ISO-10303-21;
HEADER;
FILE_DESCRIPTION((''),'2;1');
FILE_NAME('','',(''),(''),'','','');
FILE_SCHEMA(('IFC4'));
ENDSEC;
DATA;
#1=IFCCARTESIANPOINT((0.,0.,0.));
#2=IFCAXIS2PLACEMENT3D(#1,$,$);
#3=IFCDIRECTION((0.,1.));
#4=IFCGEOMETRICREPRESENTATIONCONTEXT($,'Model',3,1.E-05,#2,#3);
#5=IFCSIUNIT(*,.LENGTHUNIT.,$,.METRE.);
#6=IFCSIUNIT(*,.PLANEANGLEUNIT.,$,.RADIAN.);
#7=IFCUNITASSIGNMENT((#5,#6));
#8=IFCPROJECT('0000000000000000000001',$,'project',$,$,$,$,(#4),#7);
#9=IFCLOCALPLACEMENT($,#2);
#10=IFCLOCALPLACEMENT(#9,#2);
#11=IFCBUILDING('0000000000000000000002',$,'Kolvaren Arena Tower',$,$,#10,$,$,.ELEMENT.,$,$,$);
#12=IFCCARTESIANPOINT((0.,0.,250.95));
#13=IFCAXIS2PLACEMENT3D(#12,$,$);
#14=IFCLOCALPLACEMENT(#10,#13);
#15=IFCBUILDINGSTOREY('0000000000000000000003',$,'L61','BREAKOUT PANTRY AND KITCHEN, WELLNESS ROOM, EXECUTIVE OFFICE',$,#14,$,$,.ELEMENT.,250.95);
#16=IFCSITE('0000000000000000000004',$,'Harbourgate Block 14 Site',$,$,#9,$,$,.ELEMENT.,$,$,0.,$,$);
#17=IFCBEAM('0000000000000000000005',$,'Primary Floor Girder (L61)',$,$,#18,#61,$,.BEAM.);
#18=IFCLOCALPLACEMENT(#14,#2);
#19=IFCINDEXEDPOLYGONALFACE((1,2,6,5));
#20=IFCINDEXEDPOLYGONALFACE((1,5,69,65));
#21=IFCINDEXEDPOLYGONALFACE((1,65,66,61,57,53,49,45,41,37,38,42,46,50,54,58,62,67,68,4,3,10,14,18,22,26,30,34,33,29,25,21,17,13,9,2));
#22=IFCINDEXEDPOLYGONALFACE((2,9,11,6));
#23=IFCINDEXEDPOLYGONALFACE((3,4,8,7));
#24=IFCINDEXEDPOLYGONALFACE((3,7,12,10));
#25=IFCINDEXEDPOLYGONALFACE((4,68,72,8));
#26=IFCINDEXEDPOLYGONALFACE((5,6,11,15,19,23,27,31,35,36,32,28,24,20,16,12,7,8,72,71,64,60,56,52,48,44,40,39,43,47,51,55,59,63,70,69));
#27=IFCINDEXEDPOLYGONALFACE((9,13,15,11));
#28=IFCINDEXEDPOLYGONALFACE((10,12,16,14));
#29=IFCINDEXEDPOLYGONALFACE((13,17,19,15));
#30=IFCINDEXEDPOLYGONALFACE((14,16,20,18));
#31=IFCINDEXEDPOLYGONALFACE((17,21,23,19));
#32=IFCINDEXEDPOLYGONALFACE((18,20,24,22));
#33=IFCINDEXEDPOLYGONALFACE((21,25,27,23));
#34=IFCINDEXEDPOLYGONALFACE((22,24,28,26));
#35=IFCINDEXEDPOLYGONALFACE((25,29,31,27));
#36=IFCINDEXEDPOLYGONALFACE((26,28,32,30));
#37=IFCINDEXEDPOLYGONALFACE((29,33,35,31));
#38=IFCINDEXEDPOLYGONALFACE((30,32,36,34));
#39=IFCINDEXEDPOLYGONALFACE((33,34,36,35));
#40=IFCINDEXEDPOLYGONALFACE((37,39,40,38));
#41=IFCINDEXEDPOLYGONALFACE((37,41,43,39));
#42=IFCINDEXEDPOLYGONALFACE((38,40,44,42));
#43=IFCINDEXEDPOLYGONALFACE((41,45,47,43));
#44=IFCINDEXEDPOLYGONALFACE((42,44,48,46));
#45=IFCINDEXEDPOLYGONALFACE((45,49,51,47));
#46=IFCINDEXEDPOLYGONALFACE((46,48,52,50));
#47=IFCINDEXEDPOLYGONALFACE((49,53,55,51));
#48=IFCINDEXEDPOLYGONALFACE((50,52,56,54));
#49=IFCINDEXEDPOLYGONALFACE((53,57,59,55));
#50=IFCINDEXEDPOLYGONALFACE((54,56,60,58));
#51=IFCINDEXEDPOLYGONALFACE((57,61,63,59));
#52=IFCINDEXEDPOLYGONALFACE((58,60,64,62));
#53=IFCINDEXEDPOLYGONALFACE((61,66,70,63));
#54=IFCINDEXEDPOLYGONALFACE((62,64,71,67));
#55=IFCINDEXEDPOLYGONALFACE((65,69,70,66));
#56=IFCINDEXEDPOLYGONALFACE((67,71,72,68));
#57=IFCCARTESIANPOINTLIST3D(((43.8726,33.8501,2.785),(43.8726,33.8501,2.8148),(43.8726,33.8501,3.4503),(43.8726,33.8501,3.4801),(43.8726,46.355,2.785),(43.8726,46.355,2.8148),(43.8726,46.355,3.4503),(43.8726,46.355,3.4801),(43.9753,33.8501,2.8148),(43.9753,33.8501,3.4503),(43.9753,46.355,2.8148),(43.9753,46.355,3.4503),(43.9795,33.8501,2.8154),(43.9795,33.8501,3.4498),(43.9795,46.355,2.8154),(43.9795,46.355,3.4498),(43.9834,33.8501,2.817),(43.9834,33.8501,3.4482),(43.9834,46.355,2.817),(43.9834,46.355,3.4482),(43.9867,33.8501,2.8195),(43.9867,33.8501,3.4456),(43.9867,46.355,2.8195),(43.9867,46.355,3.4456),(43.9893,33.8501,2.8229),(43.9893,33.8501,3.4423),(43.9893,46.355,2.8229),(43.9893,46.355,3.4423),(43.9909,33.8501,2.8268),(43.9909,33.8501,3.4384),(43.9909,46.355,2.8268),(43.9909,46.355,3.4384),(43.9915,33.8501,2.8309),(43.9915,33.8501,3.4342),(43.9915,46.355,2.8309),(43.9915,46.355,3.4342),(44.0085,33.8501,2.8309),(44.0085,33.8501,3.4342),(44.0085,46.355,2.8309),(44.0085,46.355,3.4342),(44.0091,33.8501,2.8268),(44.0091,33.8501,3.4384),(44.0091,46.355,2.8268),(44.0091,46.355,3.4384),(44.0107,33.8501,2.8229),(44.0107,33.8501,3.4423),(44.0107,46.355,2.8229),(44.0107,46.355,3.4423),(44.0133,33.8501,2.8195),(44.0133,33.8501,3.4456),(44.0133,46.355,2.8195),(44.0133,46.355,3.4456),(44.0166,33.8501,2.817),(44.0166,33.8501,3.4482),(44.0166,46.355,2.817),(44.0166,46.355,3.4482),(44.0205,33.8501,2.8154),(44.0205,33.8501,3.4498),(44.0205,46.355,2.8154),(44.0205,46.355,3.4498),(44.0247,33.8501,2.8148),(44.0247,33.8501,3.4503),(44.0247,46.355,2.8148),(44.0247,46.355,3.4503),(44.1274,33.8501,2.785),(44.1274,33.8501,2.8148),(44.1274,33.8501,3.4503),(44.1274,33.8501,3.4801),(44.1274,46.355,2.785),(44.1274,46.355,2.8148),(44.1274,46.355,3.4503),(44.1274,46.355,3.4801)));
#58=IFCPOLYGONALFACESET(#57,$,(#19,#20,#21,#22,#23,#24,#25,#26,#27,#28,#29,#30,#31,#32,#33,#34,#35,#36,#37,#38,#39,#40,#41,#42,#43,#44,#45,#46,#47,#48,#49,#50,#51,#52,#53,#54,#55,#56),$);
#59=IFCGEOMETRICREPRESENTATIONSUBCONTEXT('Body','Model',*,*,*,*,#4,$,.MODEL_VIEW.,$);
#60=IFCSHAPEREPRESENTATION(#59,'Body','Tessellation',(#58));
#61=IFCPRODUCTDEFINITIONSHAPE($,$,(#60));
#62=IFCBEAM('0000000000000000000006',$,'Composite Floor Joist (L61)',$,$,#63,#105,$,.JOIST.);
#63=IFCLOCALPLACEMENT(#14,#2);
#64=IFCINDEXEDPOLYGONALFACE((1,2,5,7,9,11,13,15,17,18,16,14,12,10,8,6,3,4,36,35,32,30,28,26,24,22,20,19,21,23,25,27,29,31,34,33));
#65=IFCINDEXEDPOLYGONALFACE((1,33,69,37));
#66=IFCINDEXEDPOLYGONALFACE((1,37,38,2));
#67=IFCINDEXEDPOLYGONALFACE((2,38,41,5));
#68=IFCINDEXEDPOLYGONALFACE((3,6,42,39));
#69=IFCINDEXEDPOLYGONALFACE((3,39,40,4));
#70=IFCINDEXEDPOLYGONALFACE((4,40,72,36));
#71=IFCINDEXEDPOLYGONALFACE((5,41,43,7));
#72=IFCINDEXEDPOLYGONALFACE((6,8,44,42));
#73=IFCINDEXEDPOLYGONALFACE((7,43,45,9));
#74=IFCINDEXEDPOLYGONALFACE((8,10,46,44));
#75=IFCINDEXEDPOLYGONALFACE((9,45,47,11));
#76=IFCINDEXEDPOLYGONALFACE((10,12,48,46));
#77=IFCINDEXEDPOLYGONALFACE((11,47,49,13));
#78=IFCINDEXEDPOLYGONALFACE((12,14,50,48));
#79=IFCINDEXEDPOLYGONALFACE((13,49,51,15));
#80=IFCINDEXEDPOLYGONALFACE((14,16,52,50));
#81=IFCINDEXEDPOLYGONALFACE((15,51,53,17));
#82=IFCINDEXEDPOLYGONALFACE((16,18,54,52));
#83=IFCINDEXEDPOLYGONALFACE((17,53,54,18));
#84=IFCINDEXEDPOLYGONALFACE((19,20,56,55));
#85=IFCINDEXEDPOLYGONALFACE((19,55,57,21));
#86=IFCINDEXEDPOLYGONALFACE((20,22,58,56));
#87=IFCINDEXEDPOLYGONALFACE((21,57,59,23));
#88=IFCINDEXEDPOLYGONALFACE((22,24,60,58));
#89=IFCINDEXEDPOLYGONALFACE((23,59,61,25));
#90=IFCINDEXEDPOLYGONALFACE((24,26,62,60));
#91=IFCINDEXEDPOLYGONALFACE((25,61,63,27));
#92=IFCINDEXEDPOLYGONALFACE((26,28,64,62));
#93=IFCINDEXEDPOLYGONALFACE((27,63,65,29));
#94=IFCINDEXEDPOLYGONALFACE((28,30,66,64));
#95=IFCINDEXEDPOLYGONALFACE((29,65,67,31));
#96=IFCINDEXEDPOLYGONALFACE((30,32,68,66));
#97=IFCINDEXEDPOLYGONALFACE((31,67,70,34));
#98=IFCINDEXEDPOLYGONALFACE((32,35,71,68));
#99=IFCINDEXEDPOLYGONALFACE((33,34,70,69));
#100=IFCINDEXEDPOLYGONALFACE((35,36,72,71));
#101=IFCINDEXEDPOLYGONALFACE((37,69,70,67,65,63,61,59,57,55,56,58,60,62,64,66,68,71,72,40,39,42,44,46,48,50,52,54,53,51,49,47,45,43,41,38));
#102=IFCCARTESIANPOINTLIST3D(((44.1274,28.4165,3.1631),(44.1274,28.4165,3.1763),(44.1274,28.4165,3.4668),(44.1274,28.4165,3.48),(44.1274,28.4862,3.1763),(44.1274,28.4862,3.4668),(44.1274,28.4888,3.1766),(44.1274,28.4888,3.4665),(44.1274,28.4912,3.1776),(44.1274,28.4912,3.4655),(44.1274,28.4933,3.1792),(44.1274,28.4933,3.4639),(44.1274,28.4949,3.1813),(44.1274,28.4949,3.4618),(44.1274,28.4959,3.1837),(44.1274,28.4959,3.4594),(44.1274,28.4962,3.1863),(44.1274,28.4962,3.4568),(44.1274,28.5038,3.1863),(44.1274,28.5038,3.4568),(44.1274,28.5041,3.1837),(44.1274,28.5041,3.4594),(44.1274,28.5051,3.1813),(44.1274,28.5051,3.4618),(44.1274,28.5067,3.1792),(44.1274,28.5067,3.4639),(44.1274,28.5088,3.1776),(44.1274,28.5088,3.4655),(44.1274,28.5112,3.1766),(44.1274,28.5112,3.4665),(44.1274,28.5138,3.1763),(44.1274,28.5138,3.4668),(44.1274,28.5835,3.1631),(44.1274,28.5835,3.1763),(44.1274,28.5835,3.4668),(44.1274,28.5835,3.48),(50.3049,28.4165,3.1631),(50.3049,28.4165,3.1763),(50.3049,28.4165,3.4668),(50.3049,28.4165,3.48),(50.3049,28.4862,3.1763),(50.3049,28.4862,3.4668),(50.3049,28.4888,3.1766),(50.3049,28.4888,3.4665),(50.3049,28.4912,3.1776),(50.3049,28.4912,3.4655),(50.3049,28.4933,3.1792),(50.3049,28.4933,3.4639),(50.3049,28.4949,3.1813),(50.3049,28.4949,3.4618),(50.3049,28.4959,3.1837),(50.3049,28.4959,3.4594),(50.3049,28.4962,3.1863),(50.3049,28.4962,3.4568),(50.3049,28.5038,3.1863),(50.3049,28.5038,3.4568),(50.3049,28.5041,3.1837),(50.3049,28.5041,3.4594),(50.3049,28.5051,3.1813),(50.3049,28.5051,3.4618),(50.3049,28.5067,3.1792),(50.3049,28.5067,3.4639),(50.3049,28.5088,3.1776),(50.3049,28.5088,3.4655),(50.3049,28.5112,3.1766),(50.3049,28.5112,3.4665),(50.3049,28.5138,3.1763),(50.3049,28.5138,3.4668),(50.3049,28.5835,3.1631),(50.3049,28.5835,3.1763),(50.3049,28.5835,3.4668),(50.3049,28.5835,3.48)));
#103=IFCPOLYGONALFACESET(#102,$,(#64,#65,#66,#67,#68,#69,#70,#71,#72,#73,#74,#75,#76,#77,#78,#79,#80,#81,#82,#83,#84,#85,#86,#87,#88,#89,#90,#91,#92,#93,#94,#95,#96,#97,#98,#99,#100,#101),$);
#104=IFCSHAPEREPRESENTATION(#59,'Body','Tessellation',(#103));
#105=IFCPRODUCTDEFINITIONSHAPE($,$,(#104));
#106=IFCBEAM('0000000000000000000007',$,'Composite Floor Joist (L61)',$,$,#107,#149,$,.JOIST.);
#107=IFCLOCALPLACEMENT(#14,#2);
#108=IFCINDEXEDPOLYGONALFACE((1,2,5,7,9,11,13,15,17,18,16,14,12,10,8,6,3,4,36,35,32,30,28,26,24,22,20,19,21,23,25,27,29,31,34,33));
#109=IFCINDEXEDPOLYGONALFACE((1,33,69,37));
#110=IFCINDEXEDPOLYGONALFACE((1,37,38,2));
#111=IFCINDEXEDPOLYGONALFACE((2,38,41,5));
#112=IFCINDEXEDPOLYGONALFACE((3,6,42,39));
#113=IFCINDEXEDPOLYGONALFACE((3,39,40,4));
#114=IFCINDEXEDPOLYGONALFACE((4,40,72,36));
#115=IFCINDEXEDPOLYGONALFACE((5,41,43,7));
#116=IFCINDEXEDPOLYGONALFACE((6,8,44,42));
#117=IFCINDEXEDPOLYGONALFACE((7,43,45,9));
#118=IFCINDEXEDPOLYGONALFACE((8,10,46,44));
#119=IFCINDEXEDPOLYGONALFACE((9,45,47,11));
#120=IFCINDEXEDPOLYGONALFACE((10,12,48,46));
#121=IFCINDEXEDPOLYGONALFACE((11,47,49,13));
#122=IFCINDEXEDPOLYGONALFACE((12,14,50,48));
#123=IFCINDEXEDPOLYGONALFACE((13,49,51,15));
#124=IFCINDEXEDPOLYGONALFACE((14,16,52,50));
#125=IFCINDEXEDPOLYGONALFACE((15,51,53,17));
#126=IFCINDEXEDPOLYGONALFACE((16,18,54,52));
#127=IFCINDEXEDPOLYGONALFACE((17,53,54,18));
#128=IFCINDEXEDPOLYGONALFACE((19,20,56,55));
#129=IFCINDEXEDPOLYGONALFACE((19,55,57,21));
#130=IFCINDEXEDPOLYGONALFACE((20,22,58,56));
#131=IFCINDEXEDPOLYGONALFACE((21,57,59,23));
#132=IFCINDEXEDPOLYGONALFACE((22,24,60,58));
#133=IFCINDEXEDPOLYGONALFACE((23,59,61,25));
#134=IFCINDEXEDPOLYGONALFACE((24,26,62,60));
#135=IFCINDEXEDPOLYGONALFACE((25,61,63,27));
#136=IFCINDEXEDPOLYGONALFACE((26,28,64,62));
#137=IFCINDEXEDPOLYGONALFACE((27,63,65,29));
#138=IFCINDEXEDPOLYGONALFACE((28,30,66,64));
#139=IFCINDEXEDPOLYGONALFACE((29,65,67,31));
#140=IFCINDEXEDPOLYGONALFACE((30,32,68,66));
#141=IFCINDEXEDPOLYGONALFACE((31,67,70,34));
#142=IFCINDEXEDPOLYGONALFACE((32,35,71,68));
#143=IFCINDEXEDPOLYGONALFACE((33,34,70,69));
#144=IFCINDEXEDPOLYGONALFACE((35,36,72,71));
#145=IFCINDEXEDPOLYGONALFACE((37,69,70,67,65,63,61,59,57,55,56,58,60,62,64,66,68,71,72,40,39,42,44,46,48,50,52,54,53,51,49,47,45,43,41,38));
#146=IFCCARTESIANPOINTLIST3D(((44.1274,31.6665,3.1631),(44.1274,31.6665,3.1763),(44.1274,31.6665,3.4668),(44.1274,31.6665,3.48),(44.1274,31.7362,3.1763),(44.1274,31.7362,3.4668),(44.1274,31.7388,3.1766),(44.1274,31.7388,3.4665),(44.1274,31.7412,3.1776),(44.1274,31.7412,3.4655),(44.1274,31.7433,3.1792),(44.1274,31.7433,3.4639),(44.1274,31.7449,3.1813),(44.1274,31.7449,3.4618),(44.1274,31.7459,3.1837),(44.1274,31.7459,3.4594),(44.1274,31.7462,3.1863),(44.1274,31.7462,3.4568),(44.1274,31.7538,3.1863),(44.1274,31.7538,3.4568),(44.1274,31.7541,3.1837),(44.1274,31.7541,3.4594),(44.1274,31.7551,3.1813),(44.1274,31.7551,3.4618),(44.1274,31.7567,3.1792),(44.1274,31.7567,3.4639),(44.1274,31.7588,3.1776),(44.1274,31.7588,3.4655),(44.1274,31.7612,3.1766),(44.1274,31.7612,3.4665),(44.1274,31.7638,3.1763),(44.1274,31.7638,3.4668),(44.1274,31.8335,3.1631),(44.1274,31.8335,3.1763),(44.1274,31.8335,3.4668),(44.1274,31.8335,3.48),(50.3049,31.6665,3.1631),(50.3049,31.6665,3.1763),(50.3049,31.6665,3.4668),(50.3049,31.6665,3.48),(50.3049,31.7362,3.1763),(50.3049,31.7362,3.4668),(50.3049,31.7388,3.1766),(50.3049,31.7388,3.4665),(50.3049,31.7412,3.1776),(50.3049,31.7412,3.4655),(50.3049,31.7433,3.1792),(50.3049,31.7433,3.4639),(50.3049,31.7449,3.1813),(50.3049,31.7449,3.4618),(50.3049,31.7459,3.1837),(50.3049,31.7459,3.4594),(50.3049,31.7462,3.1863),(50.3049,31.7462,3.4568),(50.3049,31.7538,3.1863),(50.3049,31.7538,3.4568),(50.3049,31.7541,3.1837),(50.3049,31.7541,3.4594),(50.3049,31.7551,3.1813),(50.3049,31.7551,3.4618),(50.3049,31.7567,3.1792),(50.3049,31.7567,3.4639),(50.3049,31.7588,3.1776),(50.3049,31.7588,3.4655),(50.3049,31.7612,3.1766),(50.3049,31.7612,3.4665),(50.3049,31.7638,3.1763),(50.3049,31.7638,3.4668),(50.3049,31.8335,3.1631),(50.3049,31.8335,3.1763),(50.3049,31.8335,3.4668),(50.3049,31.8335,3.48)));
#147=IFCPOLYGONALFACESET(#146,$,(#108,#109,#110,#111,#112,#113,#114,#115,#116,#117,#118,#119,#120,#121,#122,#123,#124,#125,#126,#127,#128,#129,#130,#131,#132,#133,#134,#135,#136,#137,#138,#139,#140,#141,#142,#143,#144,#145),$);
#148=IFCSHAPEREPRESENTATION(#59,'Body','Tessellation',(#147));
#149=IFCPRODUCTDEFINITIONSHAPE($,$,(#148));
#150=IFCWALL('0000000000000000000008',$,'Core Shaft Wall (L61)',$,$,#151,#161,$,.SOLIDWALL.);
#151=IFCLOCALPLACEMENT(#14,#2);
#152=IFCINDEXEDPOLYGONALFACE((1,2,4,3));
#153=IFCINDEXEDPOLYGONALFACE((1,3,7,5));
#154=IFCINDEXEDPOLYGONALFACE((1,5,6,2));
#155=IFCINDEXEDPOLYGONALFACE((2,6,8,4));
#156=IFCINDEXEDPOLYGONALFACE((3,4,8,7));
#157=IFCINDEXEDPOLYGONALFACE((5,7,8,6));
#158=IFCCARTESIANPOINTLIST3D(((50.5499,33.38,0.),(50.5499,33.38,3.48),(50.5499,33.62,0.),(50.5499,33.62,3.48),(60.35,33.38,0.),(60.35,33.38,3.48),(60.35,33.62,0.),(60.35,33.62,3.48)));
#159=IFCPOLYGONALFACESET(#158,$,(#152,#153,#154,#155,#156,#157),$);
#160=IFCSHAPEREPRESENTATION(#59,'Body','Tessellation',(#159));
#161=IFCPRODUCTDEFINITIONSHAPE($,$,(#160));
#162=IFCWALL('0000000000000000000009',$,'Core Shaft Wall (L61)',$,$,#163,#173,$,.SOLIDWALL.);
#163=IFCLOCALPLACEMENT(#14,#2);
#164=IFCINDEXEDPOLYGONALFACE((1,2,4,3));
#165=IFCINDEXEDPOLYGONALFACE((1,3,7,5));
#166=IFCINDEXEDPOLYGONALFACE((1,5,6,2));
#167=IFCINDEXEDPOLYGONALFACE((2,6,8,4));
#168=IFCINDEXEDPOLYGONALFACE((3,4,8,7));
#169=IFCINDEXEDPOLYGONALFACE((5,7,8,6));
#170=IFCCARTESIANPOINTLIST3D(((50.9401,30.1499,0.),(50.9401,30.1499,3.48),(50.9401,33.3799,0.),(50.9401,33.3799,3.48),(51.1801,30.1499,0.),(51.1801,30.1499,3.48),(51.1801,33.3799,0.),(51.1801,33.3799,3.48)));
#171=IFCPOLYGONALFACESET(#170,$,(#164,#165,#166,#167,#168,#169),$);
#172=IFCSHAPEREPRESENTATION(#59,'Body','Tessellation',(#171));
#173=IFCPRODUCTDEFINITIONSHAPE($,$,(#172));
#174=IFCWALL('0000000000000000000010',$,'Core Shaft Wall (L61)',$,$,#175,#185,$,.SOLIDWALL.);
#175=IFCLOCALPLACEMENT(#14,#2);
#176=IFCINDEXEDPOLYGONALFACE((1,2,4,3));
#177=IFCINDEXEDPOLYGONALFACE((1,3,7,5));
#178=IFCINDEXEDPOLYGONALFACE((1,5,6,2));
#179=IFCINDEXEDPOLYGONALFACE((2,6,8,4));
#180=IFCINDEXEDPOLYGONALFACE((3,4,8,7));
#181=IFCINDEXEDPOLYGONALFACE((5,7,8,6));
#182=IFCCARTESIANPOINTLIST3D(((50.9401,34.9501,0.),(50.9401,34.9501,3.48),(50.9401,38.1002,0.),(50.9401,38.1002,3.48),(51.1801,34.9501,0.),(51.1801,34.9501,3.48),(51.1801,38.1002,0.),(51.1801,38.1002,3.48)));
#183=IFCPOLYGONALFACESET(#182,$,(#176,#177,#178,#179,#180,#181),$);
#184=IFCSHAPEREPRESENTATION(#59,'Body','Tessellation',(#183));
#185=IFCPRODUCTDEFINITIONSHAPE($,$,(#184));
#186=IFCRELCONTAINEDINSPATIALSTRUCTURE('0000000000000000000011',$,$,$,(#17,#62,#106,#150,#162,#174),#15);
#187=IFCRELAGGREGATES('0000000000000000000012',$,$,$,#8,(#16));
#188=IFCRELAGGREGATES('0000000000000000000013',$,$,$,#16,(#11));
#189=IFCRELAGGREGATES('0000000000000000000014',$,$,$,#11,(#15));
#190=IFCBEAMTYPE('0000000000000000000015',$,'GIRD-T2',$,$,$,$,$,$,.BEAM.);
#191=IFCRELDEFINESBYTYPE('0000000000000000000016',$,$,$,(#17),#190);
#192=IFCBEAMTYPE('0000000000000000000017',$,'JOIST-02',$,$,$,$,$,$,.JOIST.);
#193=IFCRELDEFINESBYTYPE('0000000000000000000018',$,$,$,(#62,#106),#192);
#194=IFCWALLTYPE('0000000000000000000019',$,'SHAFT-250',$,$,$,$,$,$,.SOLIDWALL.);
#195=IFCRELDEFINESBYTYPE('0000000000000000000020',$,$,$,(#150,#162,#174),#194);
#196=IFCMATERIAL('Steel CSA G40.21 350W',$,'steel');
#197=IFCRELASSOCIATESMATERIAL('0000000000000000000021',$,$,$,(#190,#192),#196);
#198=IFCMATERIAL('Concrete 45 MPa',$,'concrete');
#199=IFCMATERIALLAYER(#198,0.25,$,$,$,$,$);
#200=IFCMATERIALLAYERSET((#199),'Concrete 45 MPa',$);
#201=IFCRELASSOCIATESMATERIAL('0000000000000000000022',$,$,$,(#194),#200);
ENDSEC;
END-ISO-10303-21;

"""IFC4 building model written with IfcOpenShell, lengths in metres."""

from ifc_helpers import new_model, si_unit, direction, frame, frame_2d, origin, origin_2d, place, context, subcontext, project, spatial, rectangle, i_section, extrude, material, layer, layer_set, material_profile, profile_set, type_object, element, save


model = new_model("IFC4")

# Units and contexts
model_context = context("Model", 3, precision=1e-05, world=origin(), true_north=direction((0.0, 1.0)))
body_context = subcontext(model_context, "Body", "Model", "MODEL_VIEW")
ifc_project = project(units=[si_unit("LENGTHUNIT", "METRE"), si_unit("PLANEANGLEUNIT", "RADIAN")], contexts=[model_context])

# Site, building, storey
site_placement = place(None, origin())
site = spatial("IfcSite", under=ifc_project, at=site_placement, Name="Harbourgate Block 14 Site", CompositionType="ELEMENT", RefElevation=0.0)
building_placement = place(site_placement, origin())
building = spatial("IfcBuilding", under=site, at=building_placement, Name="Kolvaren Arena Tower", CompositionType="ELEMENT")
storey_placement = place(building_placement, frame((0.0, 0.0, 250.95)))
storey = spatial("IfcBuildingStorey", under=building, at=storey_placement, Name="L61", Description="BREAKOUT PANTRY AND KITCHEN, WELLNESS ROOM, EXECUTIVE OFFICE", CompositionType="ELEMENT", Elevation=250.95)

# Beams
ifc_material_1 = material(Name="Steel CSA G40.21 350W", Category="steel")
ifc_material_profile_1 = material_profile(ifc_material_1, i_section(OverallWidth=0.2549, OverallDepth=0.6951, WebThickness=0.0171, FlangeThickness=0.0298, FilletRadius=0.0161, at=origin_2d()), Name="W690x217")
ifc_profile_set_1 = profile_set([ifc_material_profile_1], Name="Steel CSA G40.21 350W")
beam_type_1 = type_object("IfcBeamType", Name="GIRD-T2", PredefinedType="BEAM", material=ifc_profile_set_1)
beam_1_placement = place(storey_placement, frame((44.0, 33.8501, 3.1326), z_axis=(0.0, 1.0, 0.0), x_axis=(-1.0, 0.0, 0.0)))
element("IfcBeam", 1, at=beam_1_placement, inside=storey, type_object=beam_type_1, Name="Primary Floor Girder (L61)", PredefinedType="BEAM", context=body_context, shape_type="SweptSolid", body=[
    extrude(i_section(OverallWidth=0.2549, OverallDepth=0.6951, WebThickness=0.0171, FlangeThickness=0.0298, FilletRadius=0.0161, at=origin_2d()), origin(), (0.0, 0.0, 1.0), 12.5049),
])
ifc_material_profile_2 = material_profile(ifc_material_1, i_section(OverallWidth=0.167, OverallDepth=0.3169, WebThickness=0.0076, FlangeThickness=0.0132, FilletRadius=0.01, at=origin_2d()), Name="W310x52")
ifc_profile_set_2 = profile_set([ifc_material_profile_2], Name="Steel CSA G40.21 350W")
beam_type_2 = type_object("IfcBeamType", Name="JOIST-02", PredefinedType="JOIST", material=ifc_profile_set_2)
for number, where, z_axis, x_axis, name in (
    (2, (44.1274, 28.5, 3.3215), (1.0, 0.0, 0.0), (0.0, 1.0, 0.0), "Composite Floor Joist (L61)"),
    (3, (44.1274, 31.75, 3.3215), (1.0, 0.0, 0.0), (0.0, 1.0, 0.0), "Composite Floor Joist (L61)"),
):
    element("IfcBeam", number, at=place(storey_placement, frame(where, z_axis=z_axis, x_axis=x_axis)), inside=storey, type_object=beam_type_2, Name=name, PredefinedType="JOIST", context=body_context, shape_type="SweptSolid", body=[
        extrude(i_section(OverallWidth=0.167, OverallDepth=0.3169, WebThickness=0.0076, FlangeThickness=0.0132, FilletRadius=0.01, at=origin_2d()), origin(), (0.0, 0.0, 1.0), 6.1775),
    ])

# Walls
ifc_material_2 = material(Name="Concrete 45 MPa", Category="concrete")
ifc_layer = layer(ifc_material_2, 0.25)
ifc_layer_set = layer_set([ifc_layer], Name="Concrete 45 MPa")
wall_type = type_object("IfcWallType", Name="SHAFT-250", PredefinedType="SOLIDWALL", material=ifc_layer_set)
wall_1_placement = place(storey_placement, frame((50.55, 33.5, 0.0), z_axis=(0.0, 0.0, 1.0), x_axis=(1.0, 0.0, 0.0)))
element("IfcWall", 4, at=wall_1_placement, inside=storey, type_object=wall_type, Name="Core Shaft Wall (L61)", PredefinedType="SOLIDWALL", context=body_context, shape_type="SweptSolid", body=[
    extrude(rectangle(XDim=9.8, YDim=0.24, at=frame_2d((4.8999, 0.0))), origin(), (0.0, 0.0, 1.0), 3.48),
])
wall_2_placement = place(storey_placement, frame((51.0601, 30.1499, 0.0), z_axis=(0.0, 0.0, 1.0), x_axis=(0.0, 1.0, 0.0)))
element("IfcWall", 5, at=wall_2_placement, inside=storey, type_object=wall_type, Name="Core Shaft Wall (L61)", PredefinedType="SOLIDWALL", context=body_context, shape_type="SweptSolid", body=[
    extrude(rectangle(XDim=3.23, YDim=0.24, at=frame_2d((1.615, 0.0))), origin(), (0.0, 0.0, 1.0), 3.48),
])
wall_3_placement = place(storey_placement, frame((51.0601, 34.95, 0.0), z_axis=(0.0, 0.0, 1.0), x_axis=(0.0, 1.0, 0.0)))
element("IfcWall", 6, at=wall_3_placement, inside=storey, type_object=wall_type, Name="Core Shaft Wall (L61)", PredefinedType="SOLIDWALL", context=body_context, shape_type="SweptSolid", body=[
    extrude(rectangle(XDim=3.1501, YDim=0.24, at=frame_2d((1.5752, 0.0))), origin(), (0.0, 0.0, 1.0), 3.48),
])

save(model, "model.ifc")
